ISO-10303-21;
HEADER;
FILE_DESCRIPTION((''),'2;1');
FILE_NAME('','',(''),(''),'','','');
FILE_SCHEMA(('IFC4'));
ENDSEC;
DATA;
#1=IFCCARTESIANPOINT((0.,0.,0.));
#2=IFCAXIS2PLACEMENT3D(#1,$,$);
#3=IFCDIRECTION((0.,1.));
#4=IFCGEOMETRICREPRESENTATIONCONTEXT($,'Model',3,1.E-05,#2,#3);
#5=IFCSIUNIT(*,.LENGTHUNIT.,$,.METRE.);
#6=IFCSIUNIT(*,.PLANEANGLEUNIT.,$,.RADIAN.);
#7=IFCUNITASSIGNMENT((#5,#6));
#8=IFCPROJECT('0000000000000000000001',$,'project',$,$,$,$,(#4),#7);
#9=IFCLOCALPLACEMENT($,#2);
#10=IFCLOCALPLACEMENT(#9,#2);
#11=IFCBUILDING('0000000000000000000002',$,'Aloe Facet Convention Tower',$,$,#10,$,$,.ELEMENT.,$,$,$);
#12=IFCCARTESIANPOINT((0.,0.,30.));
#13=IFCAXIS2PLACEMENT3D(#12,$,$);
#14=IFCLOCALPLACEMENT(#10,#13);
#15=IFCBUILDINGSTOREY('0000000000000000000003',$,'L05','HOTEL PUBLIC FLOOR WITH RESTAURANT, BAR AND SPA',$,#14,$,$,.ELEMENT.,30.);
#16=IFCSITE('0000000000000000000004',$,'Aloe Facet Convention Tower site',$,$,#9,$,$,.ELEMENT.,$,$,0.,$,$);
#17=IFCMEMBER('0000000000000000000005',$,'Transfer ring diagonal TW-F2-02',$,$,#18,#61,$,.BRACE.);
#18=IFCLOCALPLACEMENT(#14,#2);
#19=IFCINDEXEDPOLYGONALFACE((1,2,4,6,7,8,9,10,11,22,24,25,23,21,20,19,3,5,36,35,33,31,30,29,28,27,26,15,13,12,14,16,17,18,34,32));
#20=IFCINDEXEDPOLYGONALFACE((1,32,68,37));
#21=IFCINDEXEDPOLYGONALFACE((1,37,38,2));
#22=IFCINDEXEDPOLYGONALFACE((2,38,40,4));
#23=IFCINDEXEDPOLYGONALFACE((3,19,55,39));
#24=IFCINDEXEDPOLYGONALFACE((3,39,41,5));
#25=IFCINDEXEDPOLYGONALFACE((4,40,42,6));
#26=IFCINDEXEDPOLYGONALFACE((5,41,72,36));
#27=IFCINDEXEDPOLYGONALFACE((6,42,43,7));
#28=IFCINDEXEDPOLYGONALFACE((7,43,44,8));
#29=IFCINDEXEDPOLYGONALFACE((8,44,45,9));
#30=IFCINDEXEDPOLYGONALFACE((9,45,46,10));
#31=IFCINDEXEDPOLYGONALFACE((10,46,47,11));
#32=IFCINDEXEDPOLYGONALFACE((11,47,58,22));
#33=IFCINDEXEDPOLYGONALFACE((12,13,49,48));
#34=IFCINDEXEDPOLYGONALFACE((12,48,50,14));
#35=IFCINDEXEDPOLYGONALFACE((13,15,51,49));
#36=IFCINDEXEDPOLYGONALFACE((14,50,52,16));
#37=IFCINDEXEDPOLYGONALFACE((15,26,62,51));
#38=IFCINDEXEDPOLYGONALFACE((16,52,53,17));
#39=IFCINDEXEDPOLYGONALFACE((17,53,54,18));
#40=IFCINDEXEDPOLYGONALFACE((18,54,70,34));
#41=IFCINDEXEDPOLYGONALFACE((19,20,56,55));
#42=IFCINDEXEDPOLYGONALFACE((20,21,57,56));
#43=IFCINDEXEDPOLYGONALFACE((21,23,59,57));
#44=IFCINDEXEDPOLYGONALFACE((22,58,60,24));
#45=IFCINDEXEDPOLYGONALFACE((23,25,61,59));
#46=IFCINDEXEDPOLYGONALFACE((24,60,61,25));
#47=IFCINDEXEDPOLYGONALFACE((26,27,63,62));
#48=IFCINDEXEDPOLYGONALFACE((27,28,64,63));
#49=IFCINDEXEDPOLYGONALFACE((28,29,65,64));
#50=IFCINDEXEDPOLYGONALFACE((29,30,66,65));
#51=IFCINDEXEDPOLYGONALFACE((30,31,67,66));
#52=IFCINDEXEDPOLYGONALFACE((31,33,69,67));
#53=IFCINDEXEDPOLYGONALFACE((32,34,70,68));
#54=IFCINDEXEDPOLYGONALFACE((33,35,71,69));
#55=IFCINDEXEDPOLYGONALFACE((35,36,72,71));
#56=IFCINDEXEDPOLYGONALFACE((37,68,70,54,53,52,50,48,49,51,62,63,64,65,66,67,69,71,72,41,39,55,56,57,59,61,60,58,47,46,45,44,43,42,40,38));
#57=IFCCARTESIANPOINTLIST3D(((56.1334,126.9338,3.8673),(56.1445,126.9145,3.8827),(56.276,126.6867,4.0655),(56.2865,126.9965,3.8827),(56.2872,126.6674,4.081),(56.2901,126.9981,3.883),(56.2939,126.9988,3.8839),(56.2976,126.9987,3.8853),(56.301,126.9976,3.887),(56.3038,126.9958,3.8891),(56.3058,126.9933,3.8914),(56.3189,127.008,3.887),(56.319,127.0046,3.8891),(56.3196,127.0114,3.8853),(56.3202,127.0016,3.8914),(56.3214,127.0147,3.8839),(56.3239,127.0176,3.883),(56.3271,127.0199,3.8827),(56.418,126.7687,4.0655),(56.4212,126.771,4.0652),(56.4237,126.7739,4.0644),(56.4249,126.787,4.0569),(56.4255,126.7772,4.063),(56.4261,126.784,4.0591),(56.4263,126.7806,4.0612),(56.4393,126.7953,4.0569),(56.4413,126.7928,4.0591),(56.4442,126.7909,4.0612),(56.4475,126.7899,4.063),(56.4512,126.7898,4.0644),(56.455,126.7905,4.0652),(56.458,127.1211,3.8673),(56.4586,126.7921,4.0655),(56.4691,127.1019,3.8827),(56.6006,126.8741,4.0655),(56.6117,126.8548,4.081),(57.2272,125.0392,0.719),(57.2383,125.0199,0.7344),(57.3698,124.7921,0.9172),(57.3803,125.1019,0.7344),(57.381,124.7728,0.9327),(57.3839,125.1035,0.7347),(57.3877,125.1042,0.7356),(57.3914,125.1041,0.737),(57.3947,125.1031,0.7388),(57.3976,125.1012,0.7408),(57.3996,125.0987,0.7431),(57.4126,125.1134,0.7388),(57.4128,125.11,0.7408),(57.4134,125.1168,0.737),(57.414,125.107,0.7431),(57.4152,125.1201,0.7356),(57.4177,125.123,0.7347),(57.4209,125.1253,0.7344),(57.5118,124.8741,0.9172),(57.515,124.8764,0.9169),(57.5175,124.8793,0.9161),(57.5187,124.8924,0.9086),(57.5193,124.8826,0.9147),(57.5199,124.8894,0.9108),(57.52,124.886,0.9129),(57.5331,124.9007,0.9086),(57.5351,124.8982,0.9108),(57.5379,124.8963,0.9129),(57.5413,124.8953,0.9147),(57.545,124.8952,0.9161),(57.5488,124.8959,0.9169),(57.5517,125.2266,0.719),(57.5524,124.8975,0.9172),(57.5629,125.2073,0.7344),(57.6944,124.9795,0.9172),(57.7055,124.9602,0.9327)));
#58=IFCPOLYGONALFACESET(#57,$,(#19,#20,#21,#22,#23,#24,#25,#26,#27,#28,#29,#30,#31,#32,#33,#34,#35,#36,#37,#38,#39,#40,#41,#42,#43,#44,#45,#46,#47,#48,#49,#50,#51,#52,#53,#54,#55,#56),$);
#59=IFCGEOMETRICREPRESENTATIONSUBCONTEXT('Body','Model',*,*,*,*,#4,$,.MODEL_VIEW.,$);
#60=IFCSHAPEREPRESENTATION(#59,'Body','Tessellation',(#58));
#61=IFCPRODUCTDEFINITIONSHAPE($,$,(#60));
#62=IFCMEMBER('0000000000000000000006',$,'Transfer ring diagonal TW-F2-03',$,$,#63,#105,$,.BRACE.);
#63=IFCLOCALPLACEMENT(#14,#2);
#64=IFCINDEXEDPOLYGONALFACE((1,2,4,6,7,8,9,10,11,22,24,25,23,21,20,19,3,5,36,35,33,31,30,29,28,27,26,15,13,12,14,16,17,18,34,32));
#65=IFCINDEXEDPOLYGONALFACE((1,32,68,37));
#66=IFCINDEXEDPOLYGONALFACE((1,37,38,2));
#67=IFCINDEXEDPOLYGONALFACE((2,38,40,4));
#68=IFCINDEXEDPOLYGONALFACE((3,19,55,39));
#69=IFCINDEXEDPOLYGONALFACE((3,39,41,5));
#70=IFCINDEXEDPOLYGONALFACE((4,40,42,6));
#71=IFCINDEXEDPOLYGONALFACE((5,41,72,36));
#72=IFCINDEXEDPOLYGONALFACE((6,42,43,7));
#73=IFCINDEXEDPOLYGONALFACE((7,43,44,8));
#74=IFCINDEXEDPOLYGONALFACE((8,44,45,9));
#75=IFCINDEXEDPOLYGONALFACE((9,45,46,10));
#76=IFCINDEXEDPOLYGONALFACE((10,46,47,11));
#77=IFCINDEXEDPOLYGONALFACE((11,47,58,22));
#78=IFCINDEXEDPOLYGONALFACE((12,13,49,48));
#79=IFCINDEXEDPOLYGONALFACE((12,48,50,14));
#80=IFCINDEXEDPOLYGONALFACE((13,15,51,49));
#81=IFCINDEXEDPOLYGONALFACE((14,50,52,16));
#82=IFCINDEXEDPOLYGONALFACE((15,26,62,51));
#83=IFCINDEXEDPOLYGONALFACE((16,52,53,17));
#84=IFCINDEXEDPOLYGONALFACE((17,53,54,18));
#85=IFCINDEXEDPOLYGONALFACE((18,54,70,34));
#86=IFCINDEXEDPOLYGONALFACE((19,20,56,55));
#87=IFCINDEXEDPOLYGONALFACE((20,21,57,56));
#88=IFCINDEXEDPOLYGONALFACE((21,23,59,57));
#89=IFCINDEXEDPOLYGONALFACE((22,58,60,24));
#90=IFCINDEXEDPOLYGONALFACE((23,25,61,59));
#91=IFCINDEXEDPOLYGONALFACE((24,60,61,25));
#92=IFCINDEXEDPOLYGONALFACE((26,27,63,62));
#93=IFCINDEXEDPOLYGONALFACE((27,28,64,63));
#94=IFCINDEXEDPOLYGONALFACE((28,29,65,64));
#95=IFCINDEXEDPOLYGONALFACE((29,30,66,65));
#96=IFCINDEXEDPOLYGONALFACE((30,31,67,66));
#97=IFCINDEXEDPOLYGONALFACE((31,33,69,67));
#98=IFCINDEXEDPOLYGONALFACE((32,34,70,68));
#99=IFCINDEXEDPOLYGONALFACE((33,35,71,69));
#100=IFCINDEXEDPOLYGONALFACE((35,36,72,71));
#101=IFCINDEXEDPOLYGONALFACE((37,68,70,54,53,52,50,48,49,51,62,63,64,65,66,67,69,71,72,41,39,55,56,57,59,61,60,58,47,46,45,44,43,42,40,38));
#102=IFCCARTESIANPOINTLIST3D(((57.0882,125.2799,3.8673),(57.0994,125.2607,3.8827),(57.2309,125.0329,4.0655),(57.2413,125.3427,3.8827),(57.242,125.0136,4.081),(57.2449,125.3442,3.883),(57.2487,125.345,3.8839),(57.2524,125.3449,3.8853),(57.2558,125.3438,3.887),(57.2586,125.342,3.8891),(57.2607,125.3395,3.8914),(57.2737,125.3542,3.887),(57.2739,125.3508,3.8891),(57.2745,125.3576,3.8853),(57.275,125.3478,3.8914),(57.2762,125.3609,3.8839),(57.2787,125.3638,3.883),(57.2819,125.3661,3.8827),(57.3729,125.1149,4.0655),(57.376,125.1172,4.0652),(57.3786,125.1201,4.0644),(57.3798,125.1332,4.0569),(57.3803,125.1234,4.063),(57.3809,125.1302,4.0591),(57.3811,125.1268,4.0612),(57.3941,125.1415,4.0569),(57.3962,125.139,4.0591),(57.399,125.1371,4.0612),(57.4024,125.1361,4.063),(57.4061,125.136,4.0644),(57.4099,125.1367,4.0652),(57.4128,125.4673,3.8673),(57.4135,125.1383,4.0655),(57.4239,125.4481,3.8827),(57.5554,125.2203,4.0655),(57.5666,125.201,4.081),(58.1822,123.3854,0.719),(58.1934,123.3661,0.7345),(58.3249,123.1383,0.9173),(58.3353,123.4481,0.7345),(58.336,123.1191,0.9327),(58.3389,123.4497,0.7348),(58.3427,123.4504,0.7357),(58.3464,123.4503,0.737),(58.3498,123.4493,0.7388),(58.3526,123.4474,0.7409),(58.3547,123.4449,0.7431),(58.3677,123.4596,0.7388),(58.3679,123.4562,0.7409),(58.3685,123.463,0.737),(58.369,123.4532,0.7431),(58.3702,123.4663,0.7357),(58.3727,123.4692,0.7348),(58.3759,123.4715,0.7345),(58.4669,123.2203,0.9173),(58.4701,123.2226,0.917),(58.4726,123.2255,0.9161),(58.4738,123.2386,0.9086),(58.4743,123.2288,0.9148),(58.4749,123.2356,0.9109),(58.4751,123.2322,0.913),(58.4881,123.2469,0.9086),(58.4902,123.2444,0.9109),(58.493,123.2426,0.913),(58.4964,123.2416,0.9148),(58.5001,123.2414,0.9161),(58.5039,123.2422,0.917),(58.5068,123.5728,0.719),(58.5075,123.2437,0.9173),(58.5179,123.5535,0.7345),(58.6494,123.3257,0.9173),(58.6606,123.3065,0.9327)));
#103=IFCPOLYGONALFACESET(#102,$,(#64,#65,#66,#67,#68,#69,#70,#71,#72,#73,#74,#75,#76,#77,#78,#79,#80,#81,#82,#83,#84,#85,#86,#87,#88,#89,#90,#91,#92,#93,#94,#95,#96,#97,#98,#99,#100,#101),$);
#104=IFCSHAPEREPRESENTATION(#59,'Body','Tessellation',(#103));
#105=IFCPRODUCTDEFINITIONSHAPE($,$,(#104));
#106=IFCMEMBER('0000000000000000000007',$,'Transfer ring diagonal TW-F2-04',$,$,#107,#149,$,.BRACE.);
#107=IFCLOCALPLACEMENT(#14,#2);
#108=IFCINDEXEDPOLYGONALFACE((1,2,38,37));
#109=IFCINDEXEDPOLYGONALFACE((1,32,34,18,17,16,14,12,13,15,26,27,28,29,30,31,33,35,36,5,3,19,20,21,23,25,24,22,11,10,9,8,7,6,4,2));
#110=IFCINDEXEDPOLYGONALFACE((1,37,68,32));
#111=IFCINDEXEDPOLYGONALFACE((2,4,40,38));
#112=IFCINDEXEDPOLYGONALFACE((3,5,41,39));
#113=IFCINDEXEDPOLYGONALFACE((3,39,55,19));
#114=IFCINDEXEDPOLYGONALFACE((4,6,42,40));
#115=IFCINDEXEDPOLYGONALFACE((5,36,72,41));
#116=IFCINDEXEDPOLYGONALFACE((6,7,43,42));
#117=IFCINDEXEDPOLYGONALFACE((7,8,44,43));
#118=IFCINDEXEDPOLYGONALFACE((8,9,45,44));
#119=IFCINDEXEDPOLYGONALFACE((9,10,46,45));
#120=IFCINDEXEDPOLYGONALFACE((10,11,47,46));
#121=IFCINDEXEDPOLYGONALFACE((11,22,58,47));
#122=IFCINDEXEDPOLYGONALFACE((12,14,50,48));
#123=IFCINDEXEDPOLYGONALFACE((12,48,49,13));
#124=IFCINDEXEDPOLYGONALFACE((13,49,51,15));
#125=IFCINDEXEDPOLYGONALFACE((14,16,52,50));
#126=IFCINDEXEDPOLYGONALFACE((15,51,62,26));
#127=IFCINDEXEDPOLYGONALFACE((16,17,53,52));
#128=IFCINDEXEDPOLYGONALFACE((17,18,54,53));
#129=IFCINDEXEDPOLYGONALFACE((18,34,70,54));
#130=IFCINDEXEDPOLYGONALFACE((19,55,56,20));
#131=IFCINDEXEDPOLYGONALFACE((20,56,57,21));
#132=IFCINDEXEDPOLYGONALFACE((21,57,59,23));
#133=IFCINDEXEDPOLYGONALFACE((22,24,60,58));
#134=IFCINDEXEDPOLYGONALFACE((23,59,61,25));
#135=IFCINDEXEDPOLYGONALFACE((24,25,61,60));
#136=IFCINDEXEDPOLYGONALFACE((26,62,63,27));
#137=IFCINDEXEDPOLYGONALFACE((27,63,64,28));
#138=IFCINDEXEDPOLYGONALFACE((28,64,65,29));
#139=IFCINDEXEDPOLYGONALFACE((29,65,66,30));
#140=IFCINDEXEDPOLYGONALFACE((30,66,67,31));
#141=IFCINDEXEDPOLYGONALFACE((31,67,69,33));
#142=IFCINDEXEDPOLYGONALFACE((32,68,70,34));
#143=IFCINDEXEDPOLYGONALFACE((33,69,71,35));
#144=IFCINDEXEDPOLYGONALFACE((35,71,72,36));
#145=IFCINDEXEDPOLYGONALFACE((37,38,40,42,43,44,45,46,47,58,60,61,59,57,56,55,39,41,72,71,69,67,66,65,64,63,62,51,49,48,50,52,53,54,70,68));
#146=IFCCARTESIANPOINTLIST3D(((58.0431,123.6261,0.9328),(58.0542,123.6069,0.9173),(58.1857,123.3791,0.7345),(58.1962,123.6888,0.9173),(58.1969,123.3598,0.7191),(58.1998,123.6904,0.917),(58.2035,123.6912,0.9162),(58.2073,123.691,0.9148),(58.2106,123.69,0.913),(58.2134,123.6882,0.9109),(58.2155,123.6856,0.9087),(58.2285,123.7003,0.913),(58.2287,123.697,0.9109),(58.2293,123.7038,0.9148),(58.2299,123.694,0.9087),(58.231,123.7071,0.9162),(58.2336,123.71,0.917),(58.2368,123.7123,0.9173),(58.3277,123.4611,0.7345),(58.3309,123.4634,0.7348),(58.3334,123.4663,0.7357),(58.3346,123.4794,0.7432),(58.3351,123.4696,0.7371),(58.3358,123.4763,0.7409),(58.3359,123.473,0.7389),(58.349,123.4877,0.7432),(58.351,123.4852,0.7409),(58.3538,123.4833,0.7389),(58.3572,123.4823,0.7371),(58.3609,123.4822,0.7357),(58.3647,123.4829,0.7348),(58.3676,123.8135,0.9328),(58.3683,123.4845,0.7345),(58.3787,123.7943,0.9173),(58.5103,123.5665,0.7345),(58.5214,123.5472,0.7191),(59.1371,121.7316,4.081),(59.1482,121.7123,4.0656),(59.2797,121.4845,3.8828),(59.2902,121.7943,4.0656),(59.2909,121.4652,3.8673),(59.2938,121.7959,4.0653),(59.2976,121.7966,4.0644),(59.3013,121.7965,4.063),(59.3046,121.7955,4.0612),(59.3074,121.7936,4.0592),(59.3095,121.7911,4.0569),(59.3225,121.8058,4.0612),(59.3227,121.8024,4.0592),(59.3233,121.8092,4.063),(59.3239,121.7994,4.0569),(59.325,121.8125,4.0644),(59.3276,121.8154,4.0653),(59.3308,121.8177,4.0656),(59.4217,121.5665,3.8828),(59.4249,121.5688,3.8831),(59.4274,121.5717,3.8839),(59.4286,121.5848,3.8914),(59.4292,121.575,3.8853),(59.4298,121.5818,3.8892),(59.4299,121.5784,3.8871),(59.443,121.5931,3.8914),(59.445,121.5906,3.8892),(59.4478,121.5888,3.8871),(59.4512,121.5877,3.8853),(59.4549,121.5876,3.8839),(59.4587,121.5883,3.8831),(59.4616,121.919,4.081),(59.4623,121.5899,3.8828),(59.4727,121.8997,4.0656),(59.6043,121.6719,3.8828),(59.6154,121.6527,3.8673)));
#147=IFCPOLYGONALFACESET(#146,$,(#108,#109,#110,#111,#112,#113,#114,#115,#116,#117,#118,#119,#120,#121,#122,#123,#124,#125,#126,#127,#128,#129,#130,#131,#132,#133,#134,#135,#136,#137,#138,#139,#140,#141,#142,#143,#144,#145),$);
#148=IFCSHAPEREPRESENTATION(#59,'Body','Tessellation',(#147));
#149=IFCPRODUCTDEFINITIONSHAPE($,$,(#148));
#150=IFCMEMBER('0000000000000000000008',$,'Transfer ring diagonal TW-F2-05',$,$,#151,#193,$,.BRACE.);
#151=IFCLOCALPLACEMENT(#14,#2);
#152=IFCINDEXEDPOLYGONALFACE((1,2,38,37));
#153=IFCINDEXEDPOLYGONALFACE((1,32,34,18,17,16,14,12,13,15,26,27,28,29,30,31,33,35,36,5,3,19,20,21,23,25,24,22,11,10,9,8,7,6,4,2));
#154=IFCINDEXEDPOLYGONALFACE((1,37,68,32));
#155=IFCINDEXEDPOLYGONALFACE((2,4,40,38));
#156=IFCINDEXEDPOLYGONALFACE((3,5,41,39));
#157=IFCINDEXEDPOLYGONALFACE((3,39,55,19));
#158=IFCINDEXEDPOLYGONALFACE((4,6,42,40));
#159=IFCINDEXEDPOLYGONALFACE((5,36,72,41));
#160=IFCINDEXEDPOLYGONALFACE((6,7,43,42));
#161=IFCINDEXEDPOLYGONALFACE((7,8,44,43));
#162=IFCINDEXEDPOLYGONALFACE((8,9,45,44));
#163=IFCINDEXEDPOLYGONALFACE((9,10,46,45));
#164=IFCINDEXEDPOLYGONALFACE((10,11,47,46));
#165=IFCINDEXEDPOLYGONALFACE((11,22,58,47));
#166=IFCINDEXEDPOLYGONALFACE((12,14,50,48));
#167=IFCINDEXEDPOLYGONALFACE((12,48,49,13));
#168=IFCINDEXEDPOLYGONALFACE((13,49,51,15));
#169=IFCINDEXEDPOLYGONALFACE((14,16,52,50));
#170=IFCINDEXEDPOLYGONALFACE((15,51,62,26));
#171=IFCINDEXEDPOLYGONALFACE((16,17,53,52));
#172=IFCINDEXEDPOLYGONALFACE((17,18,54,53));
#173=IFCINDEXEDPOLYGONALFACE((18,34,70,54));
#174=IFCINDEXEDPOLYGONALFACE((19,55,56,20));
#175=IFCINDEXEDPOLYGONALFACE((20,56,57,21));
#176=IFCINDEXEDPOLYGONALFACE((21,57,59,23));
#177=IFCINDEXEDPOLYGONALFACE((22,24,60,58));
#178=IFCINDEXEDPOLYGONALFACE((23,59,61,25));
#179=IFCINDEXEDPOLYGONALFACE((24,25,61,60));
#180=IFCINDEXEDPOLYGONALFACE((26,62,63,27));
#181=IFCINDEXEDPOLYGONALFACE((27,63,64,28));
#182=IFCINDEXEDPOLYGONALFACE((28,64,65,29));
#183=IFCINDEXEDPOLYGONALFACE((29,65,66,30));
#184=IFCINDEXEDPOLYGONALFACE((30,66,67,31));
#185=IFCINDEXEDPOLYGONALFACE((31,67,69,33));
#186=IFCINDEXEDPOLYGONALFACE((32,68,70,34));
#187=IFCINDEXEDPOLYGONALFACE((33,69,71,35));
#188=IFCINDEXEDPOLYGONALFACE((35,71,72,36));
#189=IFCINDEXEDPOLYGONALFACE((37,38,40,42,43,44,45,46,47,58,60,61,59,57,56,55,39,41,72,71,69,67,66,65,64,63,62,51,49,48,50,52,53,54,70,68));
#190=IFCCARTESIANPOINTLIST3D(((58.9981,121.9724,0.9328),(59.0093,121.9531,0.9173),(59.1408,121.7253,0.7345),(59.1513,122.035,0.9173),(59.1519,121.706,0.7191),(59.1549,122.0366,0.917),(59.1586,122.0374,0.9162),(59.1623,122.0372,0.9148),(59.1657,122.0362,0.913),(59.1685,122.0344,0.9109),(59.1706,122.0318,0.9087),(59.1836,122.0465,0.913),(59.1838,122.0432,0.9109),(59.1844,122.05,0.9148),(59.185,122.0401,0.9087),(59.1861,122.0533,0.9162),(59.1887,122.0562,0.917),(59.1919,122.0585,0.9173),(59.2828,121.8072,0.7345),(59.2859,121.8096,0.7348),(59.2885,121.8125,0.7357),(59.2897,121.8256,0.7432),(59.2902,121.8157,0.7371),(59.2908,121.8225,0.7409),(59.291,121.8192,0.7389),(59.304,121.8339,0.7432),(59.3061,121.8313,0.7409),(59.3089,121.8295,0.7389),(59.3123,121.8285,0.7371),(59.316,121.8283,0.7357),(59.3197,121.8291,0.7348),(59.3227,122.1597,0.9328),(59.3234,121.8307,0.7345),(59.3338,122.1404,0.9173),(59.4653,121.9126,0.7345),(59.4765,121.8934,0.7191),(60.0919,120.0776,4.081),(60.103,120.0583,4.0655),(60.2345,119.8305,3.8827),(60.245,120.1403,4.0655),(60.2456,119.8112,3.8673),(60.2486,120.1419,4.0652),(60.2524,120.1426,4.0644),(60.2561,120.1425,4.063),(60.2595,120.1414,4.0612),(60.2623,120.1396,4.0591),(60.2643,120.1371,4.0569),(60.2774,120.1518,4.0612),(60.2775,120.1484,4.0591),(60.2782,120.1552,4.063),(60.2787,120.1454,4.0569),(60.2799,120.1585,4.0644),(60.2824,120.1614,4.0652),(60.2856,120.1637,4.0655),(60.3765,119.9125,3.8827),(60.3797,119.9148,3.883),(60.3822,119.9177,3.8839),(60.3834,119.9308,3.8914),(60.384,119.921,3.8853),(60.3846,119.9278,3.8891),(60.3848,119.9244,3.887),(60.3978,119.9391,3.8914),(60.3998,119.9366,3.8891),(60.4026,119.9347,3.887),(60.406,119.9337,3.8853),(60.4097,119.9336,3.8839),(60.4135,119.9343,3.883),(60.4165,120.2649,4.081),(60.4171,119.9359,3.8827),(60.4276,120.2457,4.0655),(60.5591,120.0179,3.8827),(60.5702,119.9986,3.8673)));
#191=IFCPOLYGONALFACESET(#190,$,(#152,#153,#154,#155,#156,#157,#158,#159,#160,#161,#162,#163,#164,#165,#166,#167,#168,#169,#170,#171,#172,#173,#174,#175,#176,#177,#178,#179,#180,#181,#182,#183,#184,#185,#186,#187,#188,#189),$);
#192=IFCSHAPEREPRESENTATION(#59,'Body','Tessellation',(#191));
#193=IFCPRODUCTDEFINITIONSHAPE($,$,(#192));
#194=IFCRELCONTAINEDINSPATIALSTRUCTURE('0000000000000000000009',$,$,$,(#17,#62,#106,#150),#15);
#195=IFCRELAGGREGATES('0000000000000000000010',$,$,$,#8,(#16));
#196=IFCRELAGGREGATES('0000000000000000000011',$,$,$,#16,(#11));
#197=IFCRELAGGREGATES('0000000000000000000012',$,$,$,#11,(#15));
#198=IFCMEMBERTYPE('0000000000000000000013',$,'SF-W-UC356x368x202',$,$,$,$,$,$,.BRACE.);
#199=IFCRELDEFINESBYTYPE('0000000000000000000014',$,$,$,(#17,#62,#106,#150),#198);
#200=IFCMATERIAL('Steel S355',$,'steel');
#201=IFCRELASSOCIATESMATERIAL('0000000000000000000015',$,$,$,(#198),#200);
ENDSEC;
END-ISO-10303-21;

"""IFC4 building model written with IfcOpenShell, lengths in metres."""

from ifc_helpers import new_model, si_unit, direction, frame, origin, origin_2d, place, context, subcontext, project, spatial, i_section, extrude, material, material_profile, profile_set, type_object, element, save


model = new_model("IFC4")

# Units and contexts
model_context = context("Model", 3, precision=1e-05, world=origin(), true_north=direction((0.0, 1.0)))
body_context = subcontext(model_context, "Body", "Model", "MODEL_VIEW")
ifc_project = project(units=[si_unit("LENGTHUNIT", "METRE"), si_unit("PLANEANGLEUNIT", "RADIAN")], contexts=[model_context])

# Site, building, storey
site_placement = place(None, origin())
site = spatial("IfcSite", under=ifc_project, at=site_placement, Name="Aloe Facet Convention Tower site", CompositionType="ELEMENT", RefElevation=0.0)
building_placement = place(site_placement, origin())
building = spatial("IfcBuilding", under=site, at=building_placement, Name="Aloe Facet Convention Tower", CompositionType="ELEMENT")
storey_placement = place(building_placement, frame((0.0, 0.0, 30.0)))
storey = spatial("IfcBuildingStorey", under=building, at=storey_placement, Name="L05", Description="HOTEL PUBLIC FLOOR WITH RESTAURANT, BAR AND SPA", CompositionType="ELEMENT", Elevation=30.0)

# Members
ifc_material_1 = material(Name="Steel S355", Category="steel")
ifc_material_profile_1 = material_profile(ifc_material_1, i_section(OverallWidth=0.3748, OverallDepth=0.3745, WebThickness=0.0166, FlangeThickness=0.0271, FilletRadius=0.0151, at=origin_2d()), Name="UC 356x368x202")
ifc_profile_set_1 = profile_set([ifc_material_profile_1], Name="Steel S355")
member_type_1 = type_object("IfcMemberType", Name="SF-W-UC356x368x202", PredefinedType="BRACE", material=ifc_profile_set_1)
for number, where, z_axis, x_axis, name in (
    (1, (56.3726, 126.8943, 3.9741), (0.285305, -0.494188, -0.821206), (0.866037, 0.49998, 0.0), "Transfer ring diagonal TW-F2-02"),
    (2, (57.3274, 125.2405, 3.9741), (0.285363, -0.494179, -0.821191), (0.865989, 0.500064, 0.0), "Transfer ring diagonal TW-F2-03"),
    (3, (58.2822, 123.5867, 0.8259), (0.285363, -0.494179, 0.821191), (0.865989, 0.500064, 0.0), "Transfer ring diagonal TW-F2-04"),
    (4, (59.2373, 121.9329, 0.8259), (0.285296, -0.494236, 0.82118), (0.866065, 0.499932, 0.0), "Transfer ring diagonal TW-F2-05"),
):
    element("IfcMember", number, at=place(storey_placement, frame(where, z_axis=z_axis, x_axis=x_axis)), inside=storey, type_object=member_type_1, Name=name, PredefinedType="BRACE", context=body_context, shape_type="SweptSolid", body=[
        extrude(i_section(OverallWidth=0.3748, OverallDepth=0.3745, WebThickness=0.0166, FlangeThickness=0.0271, FilletRadius=0.0151, at=origin_2d()), origin(), (0.0, 0.0, 1.0), 3.8337),
    ])

save(model, "model.ifc")
